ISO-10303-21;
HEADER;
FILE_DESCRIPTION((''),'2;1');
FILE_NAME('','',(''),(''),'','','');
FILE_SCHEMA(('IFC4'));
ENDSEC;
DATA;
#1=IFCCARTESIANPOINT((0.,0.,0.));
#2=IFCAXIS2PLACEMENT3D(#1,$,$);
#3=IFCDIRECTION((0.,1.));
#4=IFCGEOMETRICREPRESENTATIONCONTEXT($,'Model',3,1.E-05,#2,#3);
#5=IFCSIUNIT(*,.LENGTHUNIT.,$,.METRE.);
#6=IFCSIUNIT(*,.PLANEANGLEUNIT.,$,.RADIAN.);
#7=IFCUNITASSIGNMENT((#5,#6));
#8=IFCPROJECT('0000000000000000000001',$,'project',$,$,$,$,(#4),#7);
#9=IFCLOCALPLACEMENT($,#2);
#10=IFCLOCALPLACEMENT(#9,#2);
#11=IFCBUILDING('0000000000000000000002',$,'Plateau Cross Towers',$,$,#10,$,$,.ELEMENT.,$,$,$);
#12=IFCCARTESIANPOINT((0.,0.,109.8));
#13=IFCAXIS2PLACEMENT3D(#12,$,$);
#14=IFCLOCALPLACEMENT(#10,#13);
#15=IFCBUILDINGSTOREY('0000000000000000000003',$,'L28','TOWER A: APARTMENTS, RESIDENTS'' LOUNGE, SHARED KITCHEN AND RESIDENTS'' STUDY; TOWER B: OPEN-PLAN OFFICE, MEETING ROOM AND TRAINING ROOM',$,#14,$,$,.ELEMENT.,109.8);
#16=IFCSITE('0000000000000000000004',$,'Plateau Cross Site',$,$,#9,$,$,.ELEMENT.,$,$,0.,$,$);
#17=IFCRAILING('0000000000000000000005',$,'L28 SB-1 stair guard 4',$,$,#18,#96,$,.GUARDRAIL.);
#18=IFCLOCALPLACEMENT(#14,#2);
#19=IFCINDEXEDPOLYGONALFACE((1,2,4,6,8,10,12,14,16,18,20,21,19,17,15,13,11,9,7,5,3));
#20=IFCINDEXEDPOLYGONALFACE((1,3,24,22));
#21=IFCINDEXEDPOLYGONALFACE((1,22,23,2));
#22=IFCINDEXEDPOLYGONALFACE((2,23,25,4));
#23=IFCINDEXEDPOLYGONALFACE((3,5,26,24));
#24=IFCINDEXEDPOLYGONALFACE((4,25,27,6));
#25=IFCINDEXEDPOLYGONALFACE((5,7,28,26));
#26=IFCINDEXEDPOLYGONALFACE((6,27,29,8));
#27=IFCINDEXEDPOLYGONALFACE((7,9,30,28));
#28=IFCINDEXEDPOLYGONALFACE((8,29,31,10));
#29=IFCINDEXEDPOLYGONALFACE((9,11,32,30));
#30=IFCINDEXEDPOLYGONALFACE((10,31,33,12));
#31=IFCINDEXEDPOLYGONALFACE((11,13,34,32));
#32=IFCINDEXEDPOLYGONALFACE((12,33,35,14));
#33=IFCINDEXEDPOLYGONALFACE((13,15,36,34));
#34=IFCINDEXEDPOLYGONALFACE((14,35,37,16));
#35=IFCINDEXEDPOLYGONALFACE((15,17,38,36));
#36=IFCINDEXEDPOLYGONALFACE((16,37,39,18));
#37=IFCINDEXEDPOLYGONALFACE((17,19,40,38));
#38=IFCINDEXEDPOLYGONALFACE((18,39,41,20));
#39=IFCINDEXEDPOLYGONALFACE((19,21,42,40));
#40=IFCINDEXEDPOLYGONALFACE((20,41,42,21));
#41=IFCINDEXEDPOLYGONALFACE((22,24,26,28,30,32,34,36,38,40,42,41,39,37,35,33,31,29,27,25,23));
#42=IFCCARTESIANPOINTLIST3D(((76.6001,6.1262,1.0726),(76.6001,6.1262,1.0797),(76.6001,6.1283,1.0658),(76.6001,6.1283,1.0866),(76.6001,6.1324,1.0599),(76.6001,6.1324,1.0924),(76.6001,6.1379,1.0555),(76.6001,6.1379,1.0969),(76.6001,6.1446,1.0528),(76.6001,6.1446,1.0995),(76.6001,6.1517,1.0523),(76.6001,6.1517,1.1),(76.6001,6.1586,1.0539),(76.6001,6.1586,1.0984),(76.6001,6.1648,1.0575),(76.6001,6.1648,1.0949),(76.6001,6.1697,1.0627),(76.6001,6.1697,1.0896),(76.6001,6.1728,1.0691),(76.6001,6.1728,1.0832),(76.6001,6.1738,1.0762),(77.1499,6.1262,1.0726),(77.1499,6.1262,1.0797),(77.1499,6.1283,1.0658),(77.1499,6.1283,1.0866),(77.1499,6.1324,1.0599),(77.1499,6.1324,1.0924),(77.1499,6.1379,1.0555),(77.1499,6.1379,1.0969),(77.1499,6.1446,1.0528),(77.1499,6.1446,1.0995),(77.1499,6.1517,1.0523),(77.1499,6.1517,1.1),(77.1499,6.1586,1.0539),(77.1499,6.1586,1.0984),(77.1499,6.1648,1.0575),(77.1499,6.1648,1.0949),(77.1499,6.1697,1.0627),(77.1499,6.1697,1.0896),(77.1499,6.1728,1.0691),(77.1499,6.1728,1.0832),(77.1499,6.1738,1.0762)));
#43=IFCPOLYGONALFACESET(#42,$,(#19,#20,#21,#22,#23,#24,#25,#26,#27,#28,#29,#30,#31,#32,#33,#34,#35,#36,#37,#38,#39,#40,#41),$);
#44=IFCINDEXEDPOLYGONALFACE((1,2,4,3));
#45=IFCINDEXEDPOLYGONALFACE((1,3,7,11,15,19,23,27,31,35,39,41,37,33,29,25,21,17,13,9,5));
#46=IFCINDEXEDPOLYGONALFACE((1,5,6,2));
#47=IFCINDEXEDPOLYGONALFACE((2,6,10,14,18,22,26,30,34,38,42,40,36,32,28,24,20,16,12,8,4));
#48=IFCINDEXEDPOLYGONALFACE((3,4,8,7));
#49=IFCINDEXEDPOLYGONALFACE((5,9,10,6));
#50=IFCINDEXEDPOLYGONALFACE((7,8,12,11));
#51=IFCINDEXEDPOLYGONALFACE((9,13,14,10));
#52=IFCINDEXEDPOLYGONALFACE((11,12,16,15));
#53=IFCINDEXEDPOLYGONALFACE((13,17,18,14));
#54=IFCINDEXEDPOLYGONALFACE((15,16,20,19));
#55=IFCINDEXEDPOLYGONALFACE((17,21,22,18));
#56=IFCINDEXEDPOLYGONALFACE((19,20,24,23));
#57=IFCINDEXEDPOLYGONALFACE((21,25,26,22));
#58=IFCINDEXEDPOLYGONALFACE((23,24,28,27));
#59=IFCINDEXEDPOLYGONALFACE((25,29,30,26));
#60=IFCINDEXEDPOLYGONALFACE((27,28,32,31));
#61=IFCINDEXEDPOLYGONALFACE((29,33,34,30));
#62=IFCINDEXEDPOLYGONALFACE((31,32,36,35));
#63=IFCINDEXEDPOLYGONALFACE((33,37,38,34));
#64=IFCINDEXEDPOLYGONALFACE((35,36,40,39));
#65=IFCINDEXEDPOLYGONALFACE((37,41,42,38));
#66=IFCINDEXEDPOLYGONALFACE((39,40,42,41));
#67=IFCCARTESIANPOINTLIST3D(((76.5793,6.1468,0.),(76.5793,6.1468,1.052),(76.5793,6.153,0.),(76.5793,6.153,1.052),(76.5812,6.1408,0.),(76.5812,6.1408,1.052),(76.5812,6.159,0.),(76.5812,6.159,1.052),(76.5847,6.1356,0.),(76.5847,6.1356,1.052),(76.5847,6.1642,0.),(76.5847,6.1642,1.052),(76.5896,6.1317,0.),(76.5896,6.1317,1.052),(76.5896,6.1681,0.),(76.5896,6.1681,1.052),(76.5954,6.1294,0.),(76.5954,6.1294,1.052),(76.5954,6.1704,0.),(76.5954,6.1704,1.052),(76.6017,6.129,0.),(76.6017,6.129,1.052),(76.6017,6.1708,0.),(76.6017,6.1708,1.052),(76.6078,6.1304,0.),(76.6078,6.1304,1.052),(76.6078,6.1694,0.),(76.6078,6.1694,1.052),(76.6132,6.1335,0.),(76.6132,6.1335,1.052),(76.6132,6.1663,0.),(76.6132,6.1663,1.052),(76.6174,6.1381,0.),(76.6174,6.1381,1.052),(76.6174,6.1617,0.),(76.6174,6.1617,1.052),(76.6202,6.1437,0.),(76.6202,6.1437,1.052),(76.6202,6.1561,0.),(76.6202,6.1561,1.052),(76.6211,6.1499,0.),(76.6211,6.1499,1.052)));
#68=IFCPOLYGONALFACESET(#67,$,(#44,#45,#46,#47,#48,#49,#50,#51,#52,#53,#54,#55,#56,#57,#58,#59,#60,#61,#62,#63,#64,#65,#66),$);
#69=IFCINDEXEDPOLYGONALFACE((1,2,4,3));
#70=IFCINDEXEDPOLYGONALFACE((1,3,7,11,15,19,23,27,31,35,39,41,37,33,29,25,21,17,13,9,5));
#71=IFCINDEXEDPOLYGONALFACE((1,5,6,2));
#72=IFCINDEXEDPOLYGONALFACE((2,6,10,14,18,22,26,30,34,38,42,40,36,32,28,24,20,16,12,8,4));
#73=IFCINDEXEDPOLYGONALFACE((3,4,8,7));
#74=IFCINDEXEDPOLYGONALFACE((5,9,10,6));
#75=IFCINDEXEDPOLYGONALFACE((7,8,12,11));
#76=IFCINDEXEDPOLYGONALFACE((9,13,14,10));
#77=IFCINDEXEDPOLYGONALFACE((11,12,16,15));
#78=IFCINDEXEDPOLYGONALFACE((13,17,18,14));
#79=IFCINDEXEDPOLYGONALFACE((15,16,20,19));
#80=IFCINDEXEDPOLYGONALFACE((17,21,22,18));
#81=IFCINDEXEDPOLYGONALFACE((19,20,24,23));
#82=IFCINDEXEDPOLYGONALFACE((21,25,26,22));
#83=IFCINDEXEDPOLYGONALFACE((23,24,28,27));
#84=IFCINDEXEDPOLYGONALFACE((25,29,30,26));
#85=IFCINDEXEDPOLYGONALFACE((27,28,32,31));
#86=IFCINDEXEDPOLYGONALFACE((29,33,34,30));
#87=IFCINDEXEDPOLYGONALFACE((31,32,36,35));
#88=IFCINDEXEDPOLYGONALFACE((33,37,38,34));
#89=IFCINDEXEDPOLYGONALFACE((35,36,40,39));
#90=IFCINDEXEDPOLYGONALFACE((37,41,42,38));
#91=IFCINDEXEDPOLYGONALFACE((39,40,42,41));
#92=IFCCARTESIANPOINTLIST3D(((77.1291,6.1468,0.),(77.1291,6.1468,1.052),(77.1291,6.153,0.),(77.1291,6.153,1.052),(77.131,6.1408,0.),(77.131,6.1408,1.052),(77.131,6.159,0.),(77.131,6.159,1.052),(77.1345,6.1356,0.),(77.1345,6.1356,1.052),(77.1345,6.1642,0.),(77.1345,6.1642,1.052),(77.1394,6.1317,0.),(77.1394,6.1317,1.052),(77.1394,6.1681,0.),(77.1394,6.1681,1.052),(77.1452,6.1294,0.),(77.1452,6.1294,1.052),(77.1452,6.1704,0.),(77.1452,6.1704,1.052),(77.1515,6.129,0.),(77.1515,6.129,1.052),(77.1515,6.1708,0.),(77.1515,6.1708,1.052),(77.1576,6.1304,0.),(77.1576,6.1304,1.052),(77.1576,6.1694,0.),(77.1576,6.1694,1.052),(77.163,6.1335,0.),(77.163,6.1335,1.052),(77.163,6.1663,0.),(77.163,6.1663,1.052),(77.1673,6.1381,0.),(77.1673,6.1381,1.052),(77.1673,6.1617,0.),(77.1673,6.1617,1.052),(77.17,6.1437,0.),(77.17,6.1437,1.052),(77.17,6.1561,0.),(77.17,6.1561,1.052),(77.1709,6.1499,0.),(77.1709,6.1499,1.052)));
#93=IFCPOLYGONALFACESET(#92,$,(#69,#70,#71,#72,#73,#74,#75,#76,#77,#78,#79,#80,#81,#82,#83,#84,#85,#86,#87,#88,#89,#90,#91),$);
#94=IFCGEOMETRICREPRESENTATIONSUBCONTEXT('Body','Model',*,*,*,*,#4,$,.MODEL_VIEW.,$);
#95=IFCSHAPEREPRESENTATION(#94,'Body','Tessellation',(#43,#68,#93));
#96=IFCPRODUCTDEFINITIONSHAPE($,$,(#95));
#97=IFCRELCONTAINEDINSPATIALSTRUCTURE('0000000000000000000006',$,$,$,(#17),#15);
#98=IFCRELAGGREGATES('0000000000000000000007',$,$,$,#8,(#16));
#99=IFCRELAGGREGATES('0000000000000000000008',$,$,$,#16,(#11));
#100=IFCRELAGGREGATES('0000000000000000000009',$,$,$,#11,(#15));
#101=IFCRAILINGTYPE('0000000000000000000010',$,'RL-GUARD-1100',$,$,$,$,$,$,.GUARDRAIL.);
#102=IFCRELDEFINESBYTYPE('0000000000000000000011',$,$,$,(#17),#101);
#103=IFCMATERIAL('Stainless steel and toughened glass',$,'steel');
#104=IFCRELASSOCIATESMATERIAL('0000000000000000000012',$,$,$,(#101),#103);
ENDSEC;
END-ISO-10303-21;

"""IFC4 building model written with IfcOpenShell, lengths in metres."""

from ifc_helpers import new_model, si_unit, direction, frame, origin, origin_2d, place, context, subcontext, project, spatial, circle, extrude, material, type_object, element, save


model = new_model("IFC4")

# Units and contexts
model_context = context("Model", 3, precision=1e-05, world=origin(), true_north=direction((0.0, 1.0)))
body_context = subcontext(model_context, "Body", "Model", "MODEL_VIEW")
ifc_project = project(units=[si_unit("LENGTHUNIT", "METRE"), si_unit("PLANEANGLEUNIT", "RADIAN")], contexts=[model_context])

# Site, building, storey
site_placement = place(None, origin())
site = spatial("IfcSite", under=ifc_project, at=site_placement, Name="Plateau Cross Site", CompositionType="ELEMENT", RefElevation=0.0)
building_placement = place(site_placement, origin())
building = spatial("IfcBuilding", under=site, at=building_placement, Name="Plateau Cross Towers", CompositionType="ELEMENT")
storey_placement = place(building_placement, frame((0.0, 0.0, 109.8)))
storey = spatial("IfcBuildingStorey", under=building, at=storey_placement, Name="L28", Description="TOWER A: APARTMENTS, RESIDENTS' LOUNGE, SHARED KITCHEN AND RESIDENTS' STUDY; TOWER B: OPEN-PLAN OFFICE, MEETING ROOM AND TRAINING ROOM", CompositionType="ELEMENT", Elevation=109.8)

# Railing
ifc_material_1 = material(Name="Stainless steel and toughened glass", Category="steel")
railing_type_1 = type_object("IfcRailingType", Name="RL-GUARD-1100", PredefinedType="GUARDRAIL", material=ifc_material_1)
railing_1_placement = place(storey_placement, frame((76.6001, 6.1499, 0.0)))
element("IfcRailing", 1, at=railing_1_placement, inside=storey, type_object=railing_type_1, Name="L28 SB-1 stair guard 4", PredefinedType="GUARDRAIL", context=body_context, shape_type="SweptSolid", body=[
    extrude(circle(Radius=0.0239, at=origin_2d()), frame((0.0, 0.0, 1.0762), z_axis=(1.0, 0.0, 0.0), x_axis=(0.0, 1.0, 0.0)), (0.0, 0.0, 1.0), 0.5498),
    extrude(circle(Radius=0.021, at=origin_2d()), origin(), (0.0, 0.0, 1.0), 1.052),
    extrude(circle(Radius=0.021, at=origin_2d()), frame((0.5498, 0.0, 0.0)), (0.0, 0.0, 1.0), 1.052),
])

save(model, "model.ifc")
